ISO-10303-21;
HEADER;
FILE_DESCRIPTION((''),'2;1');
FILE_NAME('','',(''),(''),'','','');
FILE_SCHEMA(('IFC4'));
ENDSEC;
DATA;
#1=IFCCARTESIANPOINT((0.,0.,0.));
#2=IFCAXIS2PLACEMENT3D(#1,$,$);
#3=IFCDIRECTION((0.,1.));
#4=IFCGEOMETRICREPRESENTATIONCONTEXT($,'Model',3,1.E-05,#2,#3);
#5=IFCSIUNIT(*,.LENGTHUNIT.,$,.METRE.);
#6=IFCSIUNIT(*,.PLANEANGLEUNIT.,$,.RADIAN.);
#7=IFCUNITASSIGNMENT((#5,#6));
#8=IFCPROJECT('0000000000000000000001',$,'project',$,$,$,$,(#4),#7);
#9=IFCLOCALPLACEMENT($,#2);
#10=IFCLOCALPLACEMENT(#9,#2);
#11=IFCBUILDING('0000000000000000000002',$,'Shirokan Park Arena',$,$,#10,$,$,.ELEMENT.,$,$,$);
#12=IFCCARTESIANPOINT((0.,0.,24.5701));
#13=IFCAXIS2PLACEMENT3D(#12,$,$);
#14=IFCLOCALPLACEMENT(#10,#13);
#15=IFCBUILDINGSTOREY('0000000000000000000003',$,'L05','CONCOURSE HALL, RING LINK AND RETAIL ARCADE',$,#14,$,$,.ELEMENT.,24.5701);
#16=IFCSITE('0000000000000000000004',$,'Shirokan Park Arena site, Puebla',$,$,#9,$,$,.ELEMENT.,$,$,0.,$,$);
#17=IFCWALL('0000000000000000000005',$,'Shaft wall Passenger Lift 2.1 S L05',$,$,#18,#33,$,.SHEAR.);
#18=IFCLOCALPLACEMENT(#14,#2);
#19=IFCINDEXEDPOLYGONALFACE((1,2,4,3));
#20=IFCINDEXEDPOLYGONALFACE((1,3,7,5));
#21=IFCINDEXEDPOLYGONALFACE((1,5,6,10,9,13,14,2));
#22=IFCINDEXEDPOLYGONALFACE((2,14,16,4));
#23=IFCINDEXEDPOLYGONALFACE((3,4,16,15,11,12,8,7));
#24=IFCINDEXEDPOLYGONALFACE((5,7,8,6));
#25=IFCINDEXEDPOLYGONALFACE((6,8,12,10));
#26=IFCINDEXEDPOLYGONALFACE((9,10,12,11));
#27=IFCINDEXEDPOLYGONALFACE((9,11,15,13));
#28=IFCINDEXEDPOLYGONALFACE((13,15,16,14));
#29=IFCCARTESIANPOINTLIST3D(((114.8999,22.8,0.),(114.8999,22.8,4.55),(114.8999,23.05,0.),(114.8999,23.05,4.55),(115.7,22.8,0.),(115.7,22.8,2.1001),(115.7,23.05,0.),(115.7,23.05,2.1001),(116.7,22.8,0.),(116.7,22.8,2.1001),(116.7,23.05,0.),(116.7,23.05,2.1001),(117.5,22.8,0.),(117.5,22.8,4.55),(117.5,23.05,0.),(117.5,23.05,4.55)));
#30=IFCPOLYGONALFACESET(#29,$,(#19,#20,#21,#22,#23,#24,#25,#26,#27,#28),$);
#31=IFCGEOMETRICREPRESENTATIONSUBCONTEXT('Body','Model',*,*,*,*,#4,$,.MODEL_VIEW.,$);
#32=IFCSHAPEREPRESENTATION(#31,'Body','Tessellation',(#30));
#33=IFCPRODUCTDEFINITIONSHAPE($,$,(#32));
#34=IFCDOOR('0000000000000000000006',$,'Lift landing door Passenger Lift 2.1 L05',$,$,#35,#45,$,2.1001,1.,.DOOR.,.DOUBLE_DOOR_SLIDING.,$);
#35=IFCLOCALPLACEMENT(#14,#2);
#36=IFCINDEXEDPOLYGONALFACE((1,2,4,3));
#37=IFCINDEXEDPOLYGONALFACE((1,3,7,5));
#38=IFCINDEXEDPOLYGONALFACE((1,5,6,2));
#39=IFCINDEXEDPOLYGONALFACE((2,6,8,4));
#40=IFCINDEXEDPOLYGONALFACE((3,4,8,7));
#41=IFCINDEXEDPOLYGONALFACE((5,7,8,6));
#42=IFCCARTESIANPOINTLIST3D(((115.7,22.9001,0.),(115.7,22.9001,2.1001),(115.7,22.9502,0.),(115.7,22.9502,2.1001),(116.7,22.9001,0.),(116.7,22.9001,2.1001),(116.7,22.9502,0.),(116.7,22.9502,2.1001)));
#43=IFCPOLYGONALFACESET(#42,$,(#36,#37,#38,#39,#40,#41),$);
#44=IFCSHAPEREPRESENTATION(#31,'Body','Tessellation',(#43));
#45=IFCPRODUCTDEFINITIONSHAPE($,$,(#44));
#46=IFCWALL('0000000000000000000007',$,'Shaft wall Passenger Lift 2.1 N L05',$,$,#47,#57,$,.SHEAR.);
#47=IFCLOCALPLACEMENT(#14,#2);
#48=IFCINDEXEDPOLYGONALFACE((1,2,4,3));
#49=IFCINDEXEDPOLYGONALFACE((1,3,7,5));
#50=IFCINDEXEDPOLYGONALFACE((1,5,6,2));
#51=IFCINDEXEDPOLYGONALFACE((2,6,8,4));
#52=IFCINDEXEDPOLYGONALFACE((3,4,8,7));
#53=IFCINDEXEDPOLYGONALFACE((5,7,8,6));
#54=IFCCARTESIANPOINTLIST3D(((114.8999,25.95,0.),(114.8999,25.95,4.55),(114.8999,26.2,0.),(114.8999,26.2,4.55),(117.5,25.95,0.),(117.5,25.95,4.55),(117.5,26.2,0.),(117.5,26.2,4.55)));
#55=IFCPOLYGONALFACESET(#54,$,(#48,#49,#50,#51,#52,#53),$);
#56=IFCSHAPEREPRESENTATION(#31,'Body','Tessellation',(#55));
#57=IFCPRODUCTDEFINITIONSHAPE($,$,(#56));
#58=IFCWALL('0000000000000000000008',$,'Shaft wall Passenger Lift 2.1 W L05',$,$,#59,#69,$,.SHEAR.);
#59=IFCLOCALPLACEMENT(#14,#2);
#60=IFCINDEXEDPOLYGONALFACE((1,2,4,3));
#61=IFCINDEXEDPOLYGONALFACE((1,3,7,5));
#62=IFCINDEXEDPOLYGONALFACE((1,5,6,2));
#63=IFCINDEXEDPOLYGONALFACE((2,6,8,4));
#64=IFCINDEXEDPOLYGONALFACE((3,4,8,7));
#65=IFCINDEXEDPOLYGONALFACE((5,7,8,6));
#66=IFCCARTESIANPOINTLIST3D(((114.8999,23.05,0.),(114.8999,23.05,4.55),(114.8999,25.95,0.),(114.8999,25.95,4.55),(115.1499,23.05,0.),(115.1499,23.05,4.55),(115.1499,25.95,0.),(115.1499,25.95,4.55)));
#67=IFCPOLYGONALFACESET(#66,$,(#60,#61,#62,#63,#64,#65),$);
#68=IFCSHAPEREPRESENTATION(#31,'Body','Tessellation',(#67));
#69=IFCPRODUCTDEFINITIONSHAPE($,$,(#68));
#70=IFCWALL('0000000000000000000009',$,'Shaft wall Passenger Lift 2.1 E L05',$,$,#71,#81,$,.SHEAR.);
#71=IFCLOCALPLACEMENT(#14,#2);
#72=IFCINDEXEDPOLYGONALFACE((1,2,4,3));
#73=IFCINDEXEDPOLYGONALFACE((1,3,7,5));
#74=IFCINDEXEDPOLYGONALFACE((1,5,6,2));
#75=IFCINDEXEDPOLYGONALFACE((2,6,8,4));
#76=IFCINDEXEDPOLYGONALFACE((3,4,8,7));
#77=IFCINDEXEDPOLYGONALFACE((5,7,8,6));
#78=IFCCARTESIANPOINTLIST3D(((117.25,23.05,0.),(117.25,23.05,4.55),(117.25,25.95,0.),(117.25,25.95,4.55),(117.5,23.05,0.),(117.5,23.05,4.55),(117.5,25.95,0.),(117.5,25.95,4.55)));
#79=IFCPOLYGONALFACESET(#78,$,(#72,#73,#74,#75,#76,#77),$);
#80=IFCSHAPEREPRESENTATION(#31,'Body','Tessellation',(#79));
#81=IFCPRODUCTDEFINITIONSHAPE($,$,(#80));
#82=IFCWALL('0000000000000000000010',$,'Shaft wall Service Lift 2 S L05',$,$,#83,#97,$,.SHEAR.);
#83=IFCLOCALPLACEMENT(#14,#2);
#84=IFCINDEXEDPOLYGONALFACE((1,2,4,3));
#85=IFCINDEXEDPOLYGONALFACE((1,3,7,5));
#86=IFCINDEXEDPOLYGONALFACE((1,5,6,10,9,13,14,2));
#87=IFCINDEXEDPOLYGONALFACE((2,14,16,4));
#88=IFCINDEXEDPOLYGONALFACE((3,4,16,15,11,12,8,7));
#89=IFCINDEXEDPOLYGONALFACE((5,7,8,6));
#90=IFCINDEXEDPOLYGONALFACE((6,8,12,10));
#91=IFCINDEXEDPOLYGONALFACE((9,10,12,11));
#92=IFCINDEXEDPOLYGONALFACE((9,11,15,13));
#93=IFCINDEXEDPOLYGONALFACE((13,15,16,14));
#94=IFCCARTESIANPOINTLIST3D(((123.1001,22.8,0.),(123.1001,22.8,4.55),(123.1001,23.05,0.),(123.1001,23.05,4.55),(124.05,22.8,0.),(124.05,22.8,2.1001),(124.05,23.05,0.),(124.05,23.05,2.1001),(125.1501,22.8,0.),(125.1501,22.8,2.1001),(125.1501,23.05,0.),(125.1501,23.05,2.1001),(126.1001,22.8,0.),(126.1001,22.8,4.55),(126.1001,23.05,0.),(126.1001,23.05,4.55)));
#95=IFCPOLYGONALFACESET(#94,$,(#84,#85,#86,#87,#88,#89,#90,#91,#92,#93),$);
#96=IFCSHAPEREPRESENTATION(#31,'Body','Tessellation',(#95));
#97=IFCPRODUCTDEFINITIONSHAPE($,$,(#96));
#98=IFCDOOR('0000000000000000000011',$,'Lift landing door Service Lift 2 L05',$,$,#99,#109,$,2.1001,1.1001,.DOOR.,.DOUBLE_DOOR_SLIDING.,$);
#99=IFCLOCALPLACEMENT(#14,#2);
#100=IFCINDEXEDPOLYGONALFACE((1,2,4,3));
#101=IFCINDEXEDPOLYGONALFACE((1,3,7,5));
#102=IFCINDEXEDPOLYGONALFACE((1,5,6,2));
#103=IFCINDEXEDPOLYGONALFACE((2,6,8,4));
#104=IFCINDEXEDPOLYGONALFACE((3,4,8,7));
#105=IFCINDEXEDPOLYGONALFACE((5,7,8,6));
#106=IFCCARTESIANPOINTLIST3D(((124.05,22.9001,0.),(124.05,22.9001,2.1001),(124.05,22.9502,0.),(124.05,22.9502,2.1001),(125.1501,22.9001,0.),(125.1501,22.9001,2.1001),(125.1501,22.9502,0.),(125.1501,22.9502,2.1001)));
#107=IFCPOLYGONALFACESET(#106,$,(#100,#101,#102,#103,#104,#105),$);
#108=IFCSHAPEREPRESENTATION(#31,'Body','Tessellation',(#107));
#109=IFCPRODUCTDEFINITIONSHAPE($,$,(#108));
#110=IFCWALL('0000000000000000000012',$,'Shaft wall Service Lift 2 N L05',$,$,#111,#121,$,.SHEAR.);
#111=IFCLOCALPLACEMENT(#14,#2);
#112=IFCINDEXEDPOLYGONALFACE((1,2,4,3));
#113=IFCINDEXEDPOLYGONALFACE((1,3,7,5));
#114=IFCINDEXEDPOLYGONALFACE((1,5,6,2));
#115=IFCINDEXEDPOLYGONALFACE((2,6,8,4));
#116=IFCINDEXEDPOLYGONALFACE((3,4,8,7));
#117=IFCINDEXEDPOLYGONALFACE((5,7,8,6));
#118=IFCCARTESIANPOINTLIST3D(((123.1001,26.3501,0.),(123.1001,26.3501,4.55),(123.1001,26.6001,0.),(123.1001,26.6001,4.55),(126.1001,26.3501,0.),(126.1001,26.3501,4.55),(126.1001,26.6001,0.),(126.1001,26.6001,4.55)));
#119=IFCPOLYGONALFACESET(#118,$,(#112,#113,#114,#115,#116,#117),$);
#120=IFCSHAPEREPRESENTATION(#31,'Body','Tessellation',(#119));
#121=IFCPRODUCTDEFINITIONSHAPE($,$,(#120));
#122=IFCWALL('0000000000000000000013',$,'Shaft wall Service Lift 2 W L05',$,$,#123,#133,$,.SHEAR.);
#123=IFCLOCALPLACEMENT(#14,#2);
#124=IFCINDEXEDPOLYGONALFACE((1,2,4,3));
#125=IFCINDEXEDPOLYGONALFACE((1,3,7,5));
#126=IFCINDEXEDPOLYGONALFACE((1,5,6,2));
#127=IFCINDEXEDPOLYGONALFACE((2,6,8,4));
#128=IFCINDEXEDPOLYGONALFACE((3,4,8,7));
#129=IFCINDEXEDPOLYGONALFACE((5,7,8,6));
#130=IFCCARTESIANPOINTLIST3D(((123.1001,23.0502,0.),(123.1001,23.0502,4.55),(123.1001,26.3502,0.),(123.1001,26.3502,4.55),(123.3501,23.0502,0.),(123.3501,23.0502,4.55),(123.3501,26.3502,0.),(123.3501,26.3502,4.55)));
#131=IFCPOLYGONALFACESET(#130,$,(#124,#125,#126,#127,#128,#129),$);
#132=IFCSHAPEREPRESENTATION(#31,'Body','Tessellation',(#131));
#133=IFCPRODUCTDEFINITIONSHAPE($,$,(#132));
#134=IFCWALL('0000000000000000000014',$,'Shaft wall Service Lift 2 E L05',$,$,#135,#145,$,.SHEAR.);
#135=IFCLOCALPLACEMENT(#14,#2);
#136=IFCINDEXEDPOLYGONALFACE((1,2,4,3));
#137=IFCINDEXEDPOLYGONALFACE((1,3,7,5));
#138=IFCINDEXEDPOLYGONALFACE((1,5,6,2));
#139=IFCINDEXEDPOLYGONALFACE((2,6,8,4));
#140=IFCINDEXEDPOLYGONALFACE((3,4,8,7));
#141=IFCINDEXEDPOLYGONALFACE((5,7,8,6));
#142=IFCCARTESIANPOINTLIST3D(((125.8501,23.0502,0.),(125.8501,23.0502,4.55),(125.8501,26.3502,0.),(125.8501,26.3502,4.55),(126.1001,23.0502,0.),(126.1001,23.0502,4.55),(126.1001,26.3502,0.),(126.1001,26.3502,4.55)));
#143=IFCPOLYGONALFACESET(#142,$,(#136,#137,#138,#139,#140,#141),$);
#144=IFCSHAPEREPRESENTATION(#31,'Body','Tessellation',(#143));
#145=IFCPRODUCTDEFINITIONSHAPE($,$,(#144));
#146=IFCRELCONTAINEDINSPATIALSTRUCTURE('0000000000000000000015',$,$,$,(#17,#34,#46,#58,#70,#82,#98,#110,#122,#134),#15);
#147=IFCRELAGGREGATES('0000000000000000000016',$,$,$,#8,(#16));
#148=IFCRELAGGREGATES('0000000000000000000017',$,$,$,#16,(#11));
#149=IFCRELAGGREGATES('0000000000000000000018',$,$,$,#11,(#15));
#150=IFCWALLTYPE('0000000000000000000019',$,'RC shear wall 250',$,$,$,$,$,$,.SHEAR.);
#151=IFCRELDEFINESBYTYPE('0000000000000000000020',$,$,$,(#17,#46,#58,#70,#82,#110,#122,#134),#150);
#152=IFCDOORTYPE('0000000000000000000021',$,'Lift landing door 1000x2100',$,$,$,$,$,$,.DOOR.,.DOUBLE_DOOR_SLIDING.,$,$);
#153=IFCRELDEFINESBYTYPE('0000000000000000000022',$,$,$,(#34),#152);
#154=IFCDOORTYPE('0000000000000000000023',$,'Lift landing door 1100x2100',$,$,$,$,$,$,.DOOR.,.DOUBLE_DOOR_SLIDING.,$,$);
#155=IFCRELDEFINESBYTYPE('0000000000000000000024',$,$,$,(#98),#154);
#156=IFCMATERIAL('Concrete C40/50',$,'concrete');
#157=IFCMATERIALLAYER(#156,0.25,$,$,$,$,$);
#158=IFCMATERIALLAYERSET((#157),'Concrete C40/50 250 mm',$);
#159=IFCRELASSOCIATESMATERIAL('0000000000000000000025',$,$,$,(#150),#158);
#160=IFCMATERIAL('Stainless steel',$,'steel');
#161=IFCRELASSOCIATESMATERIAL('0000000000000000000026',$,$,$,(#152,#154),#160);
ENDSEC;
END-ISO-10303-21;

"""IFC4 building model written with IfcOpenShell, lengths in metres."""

from ifc_helpers import new_model, si_unit, direction, frame, frame_2d, origin, place, context, subcontext, project, spatial, rectangle, extrude, material, layer, layer_set, type_object, element, fill, save


model = new_model("IFC4")

# Units and contexts
model_context = context("Model", 3, precision=1e-05, world=origin(), true_north=direction((0.0, 1.0)))
body_context = subcontext(model_context, "Body", "Model", "MODEL_VIEW")
ifc_project = project(units=[si_unit("LENGTHUNIT", "METRE"), si_unit("PLANEANGLEUNIT", "RADIAN")], contexts=[model_context])

# Site, building, storey
site_placement = place(None, origin())
site = spatial("IfcSite", under=ifc_project, at=site_placement, Name="Shirokan Park Arena site, Puebla", CompositionType="ELEMENT", RefElevation=0.0)
building_placement = place(site_placement, origin())
building = spatial("IfcBuilding", under=site, at=building_placement, Name="Shirokan Park Arena", CompositionType="ELEMENT")
storey_placement = place(building_placement, frame((0.0, 0.0, 24.5701)))
storey = spatial("IfcBuildingStorey", under=building, at=storey_placement, Name="L05", Description="CONCOURSE HALL, RING LINK AND RETAIL ARCADE", CompositionType="ELEMENT", Elevation=24.5701)

# Wall, opening, door
ifc_material_1 = material(Name="Concrete C40/50", Category="concrete")
ifc_layer_1 = layer(ifc_material_1, 0.25)
ifc_layer_set_1 = layer_set([ifc_layer_1], Name="Concrete C40/50 250 mm")
wall_type_1 = type_object("IfcWallType", Name="RC shear wall 250", PredefinedType="SHEAR", material=ifc_layer_set_1)
wall_1_placement = place(storey_placement, frame((117.5, 22.925, 0.0), z_axis=(0.0, 0.0, 1.0), x_axis=(-1.0, 0.0, 0.0)))
wall_1 = element("IfcWall", 1, at=wall_1_placement, inside=storey, type_object=wall_type_1, Name="Shaft wall Passenger Lift 2.1 S L05", PredefinedType="SHEAR", context=body_context, shape_type="SweptSolid", body=[
    extrude(rectangle(XDim=2.6001, YDim=0.25, at=frame_2d((1.3, 0.0))), origin(), (0.0, 0.0, 1.0), 4.55),
])
opening_1_placement = place(wall_1_placement, frame((0.8, 0.0, 0.0)))
opening_1 = element("IfcOpeningElement", 2, at=opening_1_placement, cuts=wall_1, PredefinedType="OPENING", context=body_context, shape_type="SweptSolid", body=[
    extrude(rectangle(XDim=1.0, YDim=2.1001, at=frame_2d((0.5, 1.05))), frame((0.0, 0.135, 0.0), z_axis=(0.0, -1.0, 0.0), x_axis=(1.0, 0.0, 0.0)), (0.0, 0.0, 1.0), 0.27),
])
ifc_material_2 = material(Name="Stainless steel", Category="steel")
door_type_1 = type_object("IfcDoorType", Name="Lift landing door 1000x2100", OperationType="DOUBLE_DOOR_SLIDING", PredefinedType="DOOR", material=ifc_material_2)
door_1_placement = place(opening_1_placement, origin())
door_1 = element("IfcDoor", 3, at=door_1_placement, inside=storey, type_object=door_type_1, Name="Lift landing door Passenger Lift 2.1 L05", OperationType="DOUBLE_DOOR_SLIDING", OverallHeight=2.1001, OverallWidth=1.0, PredefinedType="DOOR", context=body_context, shape_type="SweptSolid", body=[
    extrude(rectangle(XDim=1.0, YDim=2.1001, at=frame_2d((0.5, 1.05))), frame((0.0, 0.0249, 0.0), z_axis=(0.0, -1.0, 0.0), x_axis=(1.0, 0.0, 0.0)), (0.0, 0.0, 1.0), 0.05),
])
fill(opening_1, door_1)

# Walls
wall_2_placement = place(storey_placement, frame((117.5, 26.075, 0.0), z_axis=(0.0, 0.0, 1.0), x_axis=(-1.0, 0.0, 0.0)))
element("IfcWall", 4, at=wall_2_placement, inside=storey, type_object=wall_type_1, Name="Shaft wall Passenger Lift 2.1 N L05", PredefinedType="SHEAR", context=body_context, shape_type="SweptSolid", body=[
    extrude(rectangle(XDim=2.6001, YDim=0.25, at=frame_2d((1.3, 0.0))), origin(), (0.0, 0.0, 1.0), 4.55),
])
for number, where, z_axis, x_axis, name in (
    (5, (115.0249, 25.95, 0.0), (0.0, 0.0, 1.0), (0.0, -1.0, 0.0), "Shaft wall Passenger Lift 2.1 W L05"),
    (6, (117.375, 25.95, 0.0), (0.0, 0.0, 1.0), (0.0, -1.0, 0.0), "Shaft wall Passenger Lift 2.1 E L05"),
):
    element("IfcWall", number, at=place(storey_placement, frame(where, z_axis=z_axis, x_axis=x_axis)), inside=storey, type_object=wall_type_1, Name=name, PredefinedType="SHEAR", context=body_context, shape_type="SweptSolid", body=[
        extrude(rectangle(XDim=2.8999, YDim=0.25, at=frame_2d((1.45, 0.0))), origin(), (0.0, 0.0, 1.0), 4.55),
    ])

# Wall, opening, door
wall_3_placement = place(storey_placement, frame((126.1001, 22.925, 0.0), z_axis=(0.0, 0.0, 1.0), x_axis=(-1.0, 0.0, 0.0)))
wall_3 = element("IfcWall", 7, at=wall_3_placement, inside=storey, type_object=wall_type_1, Name="Shaft wall Service Lift 2 S L05", PredefinedType="SHEAR", context=body_context, shape_type="SweptSolid", body=[
    extrude(rectangle(XDim=3.0, YDim=0.25, at=frame_2d((1.5, 0.0))), origin(), (0.0, 0.0, 1.0), 4.55),
])
opening_2_placement = place(wall_3_placement, frame((0.95, 0.0, 0.0)))
opening_2 = element("IfcOpeningElement", 8, at=opening_2_placement, cuts=wall_3, PredefinedType="OPENING", context=body_context, shape_type="SweptSolid", body=[
    extrude(rectangle(XDim=1.1001, YDim=2.1001, at=frame_2d((0.55, 1.05))), frame((0.0, 0.135, 0.0), z_axis=(0.0, -1.0, 0.0), x_axis=(1.0, 0.0, 0.0)), (0.0, 0.0, 1.0), 0.27),
])
door_type_2 = type_object("IfcDoorType", Name="Lift landing door 1100x2100", OperationType="DOUBLE_DOOR_SLIDING", PredefinedType="DOOR", material=ifc_material_2)
door_2_placement = place(opening_2_placement, origin())
door_2 = element("IfcDoor", 9, at=door_2_placement, inside=storey, type_object=door_type_2, Name="Lift landing door Service Lift 2 L05", OperationType="DOUBLE_DOOR_SLIDING", OverallHeight=2.1001, OverallWidth=1.1001, PredefinedType="DOOR", context=body_context, shape_type="SweptSolid", body=[
    extrude(rectangle(XDim=1.1001, YDim=2.1001, at=frame_2d((0.55, 1.05))), frame((0.0, 0.0249, 0.0), z_axis=(0.0, -1.0, 0.0), x_axis=(1.0, 0.0, 0.0)), (0.0, 0.0, 1.0), 0.05),
])
fill(opening_2, door_2)

# Walls
wall_4_placement = place(storey_placement, frame((126.1001, 26.4751, 0.0), z_axis=(0.0, 0.0, 1.0), x_axis=(-1.0, 0.0, 0.0)))
element("IfcWall", 10, at=wall_4_placement, inside=storey, type_object=wall_type_1, Name="Shaft wall Service Lift 2 N L05", PredefinedType="SHEAR", context=body_context, shape_type="SweptSolid", body=[
    extrude(rectangle(XDim=3.0, YDim=0.25, at=frame_2d((1.5, 0.0))), origin(), (0.0, 0.0, 1.0), 4.55),
])
for number, where, z_axis, x_axis, name in (
    (11, (123.2251, 26.3501, 0.0), (0.0, 0.0, 1.0), (0.0, -1.0, 0.0), "Shaft wall Service Lift 2 W L05"),
    (12, (125.9751, 26.3501, 0.0), (0.0, 0.0, 1.0), (0.0, -1.0, 0.0), "Shaft wall Service Lift 2 E L05"),
):
    element("IfcWall", number, at=place(storey_placement, frame(where, z_axis=z_axis, x_axis=x_axis)), inside=storey, type_object=wall_type_1, Name=name, PredefinedType="SHEAR", context=body_context, shape_type="SweptSolid", body=[
        extrude(rectangle(XDim=3.3, YDim=0.25, at=frame_2d((1.6499, 0.0))), origin(), (0.0, 0.0, 1.0), 4.55),
    ])

save(model, "model.ifc")
